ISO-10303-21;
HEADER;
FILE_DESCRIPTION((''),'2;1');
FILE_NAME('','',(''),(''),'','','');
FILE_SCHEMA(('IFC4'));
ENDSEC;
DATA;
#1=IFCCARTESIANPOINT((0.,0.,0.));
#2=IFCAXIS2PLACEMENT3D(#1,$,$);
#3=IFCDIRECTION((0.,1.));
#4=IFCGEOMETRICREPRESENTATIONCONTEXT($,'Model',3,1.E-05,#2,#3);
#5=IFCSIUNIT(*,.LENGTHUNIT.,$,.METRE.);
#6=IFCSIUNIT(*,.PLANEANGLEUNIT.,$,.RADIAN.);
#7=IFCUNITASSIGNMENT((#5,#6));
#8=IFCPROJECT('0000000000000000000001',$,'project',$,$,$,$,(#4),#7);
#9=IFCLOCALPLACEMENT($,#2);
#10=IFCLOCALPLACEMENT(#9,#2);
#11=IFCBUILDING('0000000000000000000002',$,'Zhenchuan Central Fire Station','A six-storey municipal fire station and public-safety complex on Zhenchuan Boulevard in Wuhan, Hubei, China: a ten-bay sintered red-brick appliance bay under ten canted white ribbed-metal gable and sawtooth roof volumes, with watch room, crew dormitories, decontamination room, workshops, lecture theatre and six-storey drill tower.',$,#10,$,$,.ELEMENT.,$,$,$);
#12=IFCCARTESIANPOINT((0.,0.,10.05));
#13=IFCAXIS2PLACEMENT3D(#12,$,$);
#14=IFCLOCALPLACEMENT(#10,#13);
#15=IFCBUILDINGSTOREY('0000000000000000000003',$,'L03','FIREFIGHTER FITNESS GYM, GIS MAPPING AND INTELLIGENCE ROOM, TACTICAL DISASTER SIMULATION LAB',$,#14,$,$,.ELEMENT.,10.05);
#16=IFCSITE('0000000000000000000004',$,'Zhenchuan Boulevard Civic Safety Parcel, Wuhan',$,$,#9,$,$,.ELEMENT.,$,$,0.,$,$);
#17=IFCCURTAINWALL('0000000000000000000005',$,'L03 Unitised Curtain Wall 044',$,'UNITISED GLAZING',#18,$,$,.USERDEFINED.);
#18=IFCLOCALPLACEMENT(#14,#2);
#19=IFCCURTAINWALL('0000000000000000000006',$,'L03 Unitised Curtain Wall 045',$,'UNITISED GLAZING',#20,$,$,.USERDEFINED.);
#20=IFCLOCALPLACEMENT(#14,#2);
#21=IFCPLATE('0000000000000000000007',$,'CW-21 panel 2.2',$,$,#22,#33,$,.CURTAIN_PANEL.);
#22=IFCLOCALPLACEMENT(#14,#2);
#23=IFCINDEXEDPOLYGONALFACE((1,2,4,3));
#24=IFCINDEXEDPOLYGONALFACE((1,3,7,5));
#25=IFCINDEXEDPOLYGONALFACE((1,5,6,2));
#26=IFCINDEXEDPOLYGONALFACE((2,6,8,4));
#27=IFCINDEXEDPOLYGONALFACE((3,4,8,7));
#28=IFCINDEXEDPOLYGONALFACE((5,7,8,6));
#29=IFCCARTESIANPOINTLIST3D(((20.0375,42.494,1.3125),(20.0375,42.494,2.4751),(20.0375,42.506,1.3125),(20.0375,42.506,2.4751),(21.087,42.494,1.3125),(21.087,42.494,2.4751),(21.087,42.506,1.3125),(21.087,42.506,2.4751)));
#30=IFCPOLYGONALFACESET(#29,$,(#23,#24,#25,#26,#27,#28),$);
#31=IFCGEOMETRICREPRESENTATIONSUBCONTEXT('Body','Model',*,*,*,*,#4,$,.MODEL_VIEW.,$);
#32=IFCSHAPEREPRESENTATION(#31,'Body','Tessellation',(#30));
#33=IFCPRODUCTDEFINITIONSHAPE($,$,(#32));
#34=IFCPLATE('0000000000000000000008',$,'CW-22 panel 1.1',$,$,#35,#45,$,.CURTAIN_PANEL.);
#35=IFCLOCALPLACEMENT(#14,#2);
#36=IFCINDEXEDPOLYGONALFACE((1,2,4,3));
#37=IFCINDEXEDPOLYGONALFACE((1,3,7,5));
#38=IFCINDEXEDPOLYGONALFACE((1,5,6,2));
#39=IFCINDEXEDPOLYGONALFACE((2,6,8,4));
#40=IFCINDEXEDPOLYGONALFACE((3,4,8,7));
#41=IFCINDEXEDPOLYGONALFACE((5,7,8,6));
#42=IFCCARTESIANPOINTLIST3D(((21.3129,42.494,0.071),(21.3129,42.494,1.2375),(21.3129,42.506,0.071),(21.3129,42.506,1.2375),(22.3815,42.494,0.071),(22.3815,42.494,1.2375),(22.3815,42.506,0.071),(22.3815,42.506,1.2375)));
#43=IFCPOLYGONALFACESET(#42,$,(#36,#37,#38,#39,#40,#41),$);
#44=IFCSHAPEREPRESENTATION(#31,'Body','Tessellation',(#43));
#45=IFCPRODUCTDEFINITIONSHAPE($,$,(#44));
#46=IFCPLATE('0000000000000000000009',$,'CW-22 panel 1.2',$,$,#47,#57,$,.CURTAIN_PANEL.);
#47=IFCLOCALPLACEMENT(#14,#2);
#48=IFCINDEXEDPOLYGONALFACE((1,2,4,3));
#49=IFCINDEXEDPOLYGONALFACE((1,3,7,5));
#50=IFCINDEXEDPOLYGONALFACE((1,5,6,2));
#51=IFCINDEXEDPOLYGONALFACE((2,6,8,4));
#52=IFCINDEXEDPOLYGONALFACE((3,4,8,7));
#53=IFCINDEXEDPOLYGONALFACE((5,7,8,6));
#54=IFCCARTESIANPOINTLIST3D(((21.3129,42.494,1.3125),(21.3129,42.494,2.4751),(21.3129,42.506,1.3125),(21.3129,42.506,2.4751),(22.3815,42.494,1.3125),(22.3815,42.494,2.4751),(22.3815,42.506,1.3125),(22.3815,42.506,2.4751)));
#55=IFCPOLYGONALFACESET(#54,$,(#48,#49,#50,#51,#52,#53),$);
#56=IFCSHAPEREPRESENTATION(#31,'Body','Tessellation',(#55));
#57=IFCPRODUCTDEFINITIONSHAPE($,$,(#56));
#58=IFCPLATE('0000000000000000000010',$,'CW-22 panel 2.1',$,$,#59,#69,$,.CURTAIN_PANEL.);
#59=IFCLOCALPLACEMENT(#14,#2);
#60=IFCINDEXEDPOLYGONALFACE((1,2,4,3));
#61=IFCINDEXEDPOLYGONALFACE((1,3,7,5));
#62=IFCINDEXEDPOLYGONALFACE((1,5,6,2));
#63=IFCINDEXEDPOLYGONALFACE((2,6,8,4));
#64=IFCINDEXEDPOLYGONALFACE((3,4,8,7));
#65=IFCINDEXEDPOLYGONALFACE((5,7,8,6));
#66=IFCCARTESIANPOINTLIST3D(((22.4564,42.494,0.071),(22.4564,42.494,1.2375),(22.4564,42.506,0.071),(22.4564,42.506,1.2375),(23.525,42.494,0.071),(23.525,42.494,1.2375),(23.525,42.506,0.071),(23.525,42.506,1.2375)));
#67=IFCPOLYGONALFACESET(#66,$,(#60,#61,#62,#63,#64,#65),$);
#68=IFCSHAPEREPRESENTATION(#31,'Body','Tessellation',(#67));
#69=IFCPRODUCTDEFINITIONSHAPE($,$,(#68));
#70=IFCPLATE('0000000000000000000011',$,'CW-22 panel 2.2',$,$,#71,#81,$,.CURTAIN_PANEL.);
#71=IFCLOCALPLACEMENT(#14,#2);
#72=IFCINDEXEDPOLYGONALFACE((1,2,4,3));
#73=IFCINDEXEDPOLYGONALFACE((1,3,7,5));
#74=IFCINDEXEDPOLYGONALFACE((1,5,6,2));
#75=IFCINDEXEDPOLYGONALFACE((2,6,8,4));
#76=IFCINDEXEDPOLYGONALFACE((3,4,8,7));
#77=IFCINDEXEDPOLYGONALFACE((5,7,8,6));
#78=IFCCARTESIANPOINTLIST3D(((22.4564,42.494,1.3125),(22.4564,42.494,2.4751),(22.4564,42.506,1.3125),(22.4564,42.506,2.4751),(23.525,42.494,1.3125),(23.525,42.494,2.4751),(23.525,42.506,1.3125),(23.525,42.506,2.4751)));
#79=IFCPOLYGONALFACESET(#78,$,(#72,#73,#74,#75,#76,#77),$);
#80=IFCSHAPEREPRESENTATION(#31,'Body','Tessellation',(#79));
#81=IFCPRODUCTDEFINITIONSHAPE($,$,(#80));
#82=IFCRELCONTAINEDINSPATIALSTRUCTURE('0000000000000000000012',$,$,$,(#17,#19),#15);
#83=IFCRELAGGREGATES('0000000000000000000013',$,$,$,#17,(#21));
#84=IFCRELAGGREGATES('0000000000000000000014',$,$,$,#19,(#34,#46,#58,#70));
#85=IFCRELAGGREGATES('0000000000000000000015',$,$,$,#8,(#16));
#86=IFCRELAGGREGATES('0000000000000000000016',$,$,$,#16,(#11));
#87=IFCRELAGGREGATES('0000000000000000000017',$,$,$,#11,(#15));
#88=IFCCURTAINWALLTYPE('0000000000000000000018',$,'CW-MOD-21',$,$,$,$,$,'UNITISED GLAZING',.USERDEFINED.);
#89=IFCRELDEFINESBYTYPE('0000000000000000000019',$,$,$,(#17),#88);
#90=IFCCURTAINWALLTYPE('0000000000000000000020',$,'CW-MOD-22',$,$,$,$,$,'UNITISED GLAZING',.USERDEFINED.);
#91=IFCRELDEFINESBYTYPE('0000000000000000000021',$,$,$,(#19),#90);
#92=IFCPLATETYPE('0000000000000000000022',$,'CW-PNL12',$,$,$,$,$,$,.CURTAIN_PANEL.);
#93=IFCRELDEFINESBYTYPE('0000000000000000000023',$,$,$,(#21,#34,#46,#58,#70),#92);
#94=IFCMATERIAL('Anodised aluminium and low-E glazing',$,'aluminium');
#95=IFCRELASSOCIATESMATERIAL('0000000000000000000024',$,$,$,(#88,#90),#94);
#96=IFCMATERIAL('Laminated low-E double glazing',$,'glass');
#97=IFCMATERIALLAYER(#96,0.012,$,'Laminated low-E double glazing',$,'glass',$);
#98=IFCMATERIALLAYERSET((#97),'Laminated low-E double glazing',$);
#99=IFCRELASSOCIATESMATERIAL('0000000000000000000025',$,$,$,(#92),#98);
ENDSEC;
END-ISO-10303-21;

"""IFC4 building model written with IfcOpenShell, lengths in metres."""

from ifc_helpers import new_model, si_unit, direction, frame, origin, origin_2d, place, context, subcontext, project, spatial, rectangle, extrude, material, layer, layer_set, type_object, element, aggregate, save


model = new_model("IFC4")

# Units and contexts
model_context = context("Model", 3, precision=1e-05, world=origin(), true_north=direction((0.0, 1.0)))
body_context = subcontext(model_context, "Body", "Model", "MODEL_VIEW")
ifc_project = project(units=[si_unit("LENGTHUNIT", "METRE"), si_unit("PLANEANGLEUNIT", "RADIAN")], contexts=[model_context])

# Site, building, storey
site_placement = place(None, origin())
site = spatial("IfcSite", under=ifc_project, at=site_placement, Name="Zhenchuan Boulevard Civic Safety Parcel, Wuhan", CompositionType="ELEMENT", RefElevation=0.0)
building_placement = place(site_placement, origin())
building = spatial("IfcBuilding", under=site, at=building_placement, Name="Zhenchuan Central Fire Station", Description="A six-storey municipal fire station and public-safety complex on Zhenchuan Boulevard in Wuhan, Hubei, China: a ten-bay sintered red-brick appliance bay under ten canted white ribbed-metal gable and sawtooth roof volumes, with watch room, crew dormitories, decontamination room, workshops, lecture theatre and six-storey drill tower.", CompositionType="ELEMENT")
storey_placement = place(building_placement, frame((0.0, 0.0, 10.05)))
storey = spatial("IfcBuildingStorey", under=building, at=storey_placement, Name="L03", Description="FIREFIGHTER FITNESS GYM, GIS MAPPING AND INTELLIGENCE ROOM, TACTICAL DISASTER SIMULATION LAB", CompositionType="ELEMENT", Elevation=10.05)

# Curtain walls
ifc_material_1 = material(Name="Anodised aluminium and low-E glazing", Category="aluminium")
curtain_wall_type_1 = type_object("IfcCurtainWallType", Name="CW-MOD-21", ElementType="UNITISED GLAZING", PredefinedType="USERDEFINED", material=ifc_material_1)
curtain_wall_1_placement = place(storey_placement, origin())
curtain_wall_1 = element("IfcCurtainWall", 1, at=curtain_wall_1_placement, inside=storey, type_object=curtain_wall_type_1, Name="L03 Unitised Curtain Wall 044", ObjectType="UNITISED GLAZING", PredefinedType="USERDEFINED")
curtain_wall_type_2 = type_object("IfcCurtainWallType", Name="CW-MOD-22", ElementType="UNITISED GLAZING", PredefinedType="USERDEFINED", material=ifc_material_1)
curtain_wall_2_placement = place(storey_placement, origin())
curtain_wall_2 = element("IfcCurtainWall", 2, at=curtain_wall_2_placement, inside=storey, type_object=curtain_wall_type_2, Name="L03 Unitised Curtain Wall 045", ObjectType="UNITISED GLAZING", PredefinedType="USERDEFINED")

# Plates
ifc_material_2 = material(Name="Laminated low-E double glazing", Category="glass")
ifc_layer = layer(ifc_material_2, 0.012, Name="Laminated low-E double glazing", Category="glass")
ifc_layer_set = layer_set([ifc_layer], Name="Laminated low-E double glazing")
plate_type = type_object("IfcPlateType", Name="CW-PNL12", PredefinedType="CURTAIN_PANEL", material=ifc_layer_set)
plate_1_placement = place(storey_placement, frame((20.5623, 42.5, 1.3125), z_axis=(0.0, 0.0, 1.0), x_axis=(1.0, 0.0, 0.0)))
plate_1 = element("IfcPlate", 3, at=plate_1_placement, type_object=plate_type, Name="CW-21 panel 2.2", PredefinedType="CURTAIN_PANEL", context=body_context, shape_type="SweptSolid", body=[
    extrude(rectangle(XDim=1.0496, YDim=0.012, at=origin_2d()), origin(), (0.0, 0.0, 1.0), 1.1626),
])
aggregate(curtain_wall_1, [plate_1])
plate_2_placement = place(storey_placement, frame((21.8472, 42.5, 0.071), z_axis=(0.0, 0.0, 1.0), x_axis=(1.0, 0.0, 0.0)))
plate_2 = element("IfcPlate", 4, at=plate_2_placement, type_object=plate_type, Name="CW-22 panel 1.1", PredefinedType="CURTAIN_PANEL", context=body_context, shape_type="SweptSolid", body=[
    extrude(rectangle(XDim=1.0686, YDim=0.012, at=origin_2d()), origin(), (0.0, 0.0, 1.0), 1.1665),
])
plate_3_placement = place(storey_placement, frame((21.8472, 42.5, 1.3125), z_axis=(0.0, 0.0, 1.0), x_axis=(1.0, 0.0, 0.0)))
plate_3 = element("IfcPlate", 5, at=plate_3_placement, type_object=plate_type, Name="CW-22 panel 1.2", PredefinedType="CURTAIN_PANEL", context=body_context, shape_type="SweptSolid", body=[
    extrude(rectangle(XDim=1.0686, YDim=0.012, at=origin_2d()), origin(), (0.0, 0.0, 1.0), 1.1626),
])
plate_4_placement = place(storey_placement, frame((22.9907, 42.5, 0.071), z_axis=(0.0, 0.0, 1.0), x_axis=(1.0, 0.0, 0.0)))
plate_4 = element("IfcPlate", 6, at=plate_4_placement, type_object=plate_type, Name="CW-22 panel 2.1", PredefinedType="CURTAIN_PANEL", context=body_context, shape_type="SweptSolid", body=[
    extrude(rectangle(XDim=1.0686, YDim=0.012, at=origin_2d()), origin(), (0.0, 0.0, 1.0), 1.1665),
])
plate_5_placement = place(storey_placement, frame((22.9907, 42.5, 1.3125), z_axis=(0.0, 0.0, 1.0), x_axis=(1.0, 0.0, 0.0)))
plate_5 = element("IfcPlate", 7, at=plate_5_placement, type_object=plate_type, Name="CW-22 panel 2.2", PredefinedType="CURTAIN_PANEL", context=body_context, shape_type="SweptSolid", body=[
    extrude(rectangle(XDim=1.0686, YDim=0.012, at=origin_2d()), origin(), (0.0, 0.0, 1.0), 1.1626),
])
aggregate(curtain_wall_2, [plate_2, plate_3, plate_4, plate_5])

save(model, "model.ifc")
